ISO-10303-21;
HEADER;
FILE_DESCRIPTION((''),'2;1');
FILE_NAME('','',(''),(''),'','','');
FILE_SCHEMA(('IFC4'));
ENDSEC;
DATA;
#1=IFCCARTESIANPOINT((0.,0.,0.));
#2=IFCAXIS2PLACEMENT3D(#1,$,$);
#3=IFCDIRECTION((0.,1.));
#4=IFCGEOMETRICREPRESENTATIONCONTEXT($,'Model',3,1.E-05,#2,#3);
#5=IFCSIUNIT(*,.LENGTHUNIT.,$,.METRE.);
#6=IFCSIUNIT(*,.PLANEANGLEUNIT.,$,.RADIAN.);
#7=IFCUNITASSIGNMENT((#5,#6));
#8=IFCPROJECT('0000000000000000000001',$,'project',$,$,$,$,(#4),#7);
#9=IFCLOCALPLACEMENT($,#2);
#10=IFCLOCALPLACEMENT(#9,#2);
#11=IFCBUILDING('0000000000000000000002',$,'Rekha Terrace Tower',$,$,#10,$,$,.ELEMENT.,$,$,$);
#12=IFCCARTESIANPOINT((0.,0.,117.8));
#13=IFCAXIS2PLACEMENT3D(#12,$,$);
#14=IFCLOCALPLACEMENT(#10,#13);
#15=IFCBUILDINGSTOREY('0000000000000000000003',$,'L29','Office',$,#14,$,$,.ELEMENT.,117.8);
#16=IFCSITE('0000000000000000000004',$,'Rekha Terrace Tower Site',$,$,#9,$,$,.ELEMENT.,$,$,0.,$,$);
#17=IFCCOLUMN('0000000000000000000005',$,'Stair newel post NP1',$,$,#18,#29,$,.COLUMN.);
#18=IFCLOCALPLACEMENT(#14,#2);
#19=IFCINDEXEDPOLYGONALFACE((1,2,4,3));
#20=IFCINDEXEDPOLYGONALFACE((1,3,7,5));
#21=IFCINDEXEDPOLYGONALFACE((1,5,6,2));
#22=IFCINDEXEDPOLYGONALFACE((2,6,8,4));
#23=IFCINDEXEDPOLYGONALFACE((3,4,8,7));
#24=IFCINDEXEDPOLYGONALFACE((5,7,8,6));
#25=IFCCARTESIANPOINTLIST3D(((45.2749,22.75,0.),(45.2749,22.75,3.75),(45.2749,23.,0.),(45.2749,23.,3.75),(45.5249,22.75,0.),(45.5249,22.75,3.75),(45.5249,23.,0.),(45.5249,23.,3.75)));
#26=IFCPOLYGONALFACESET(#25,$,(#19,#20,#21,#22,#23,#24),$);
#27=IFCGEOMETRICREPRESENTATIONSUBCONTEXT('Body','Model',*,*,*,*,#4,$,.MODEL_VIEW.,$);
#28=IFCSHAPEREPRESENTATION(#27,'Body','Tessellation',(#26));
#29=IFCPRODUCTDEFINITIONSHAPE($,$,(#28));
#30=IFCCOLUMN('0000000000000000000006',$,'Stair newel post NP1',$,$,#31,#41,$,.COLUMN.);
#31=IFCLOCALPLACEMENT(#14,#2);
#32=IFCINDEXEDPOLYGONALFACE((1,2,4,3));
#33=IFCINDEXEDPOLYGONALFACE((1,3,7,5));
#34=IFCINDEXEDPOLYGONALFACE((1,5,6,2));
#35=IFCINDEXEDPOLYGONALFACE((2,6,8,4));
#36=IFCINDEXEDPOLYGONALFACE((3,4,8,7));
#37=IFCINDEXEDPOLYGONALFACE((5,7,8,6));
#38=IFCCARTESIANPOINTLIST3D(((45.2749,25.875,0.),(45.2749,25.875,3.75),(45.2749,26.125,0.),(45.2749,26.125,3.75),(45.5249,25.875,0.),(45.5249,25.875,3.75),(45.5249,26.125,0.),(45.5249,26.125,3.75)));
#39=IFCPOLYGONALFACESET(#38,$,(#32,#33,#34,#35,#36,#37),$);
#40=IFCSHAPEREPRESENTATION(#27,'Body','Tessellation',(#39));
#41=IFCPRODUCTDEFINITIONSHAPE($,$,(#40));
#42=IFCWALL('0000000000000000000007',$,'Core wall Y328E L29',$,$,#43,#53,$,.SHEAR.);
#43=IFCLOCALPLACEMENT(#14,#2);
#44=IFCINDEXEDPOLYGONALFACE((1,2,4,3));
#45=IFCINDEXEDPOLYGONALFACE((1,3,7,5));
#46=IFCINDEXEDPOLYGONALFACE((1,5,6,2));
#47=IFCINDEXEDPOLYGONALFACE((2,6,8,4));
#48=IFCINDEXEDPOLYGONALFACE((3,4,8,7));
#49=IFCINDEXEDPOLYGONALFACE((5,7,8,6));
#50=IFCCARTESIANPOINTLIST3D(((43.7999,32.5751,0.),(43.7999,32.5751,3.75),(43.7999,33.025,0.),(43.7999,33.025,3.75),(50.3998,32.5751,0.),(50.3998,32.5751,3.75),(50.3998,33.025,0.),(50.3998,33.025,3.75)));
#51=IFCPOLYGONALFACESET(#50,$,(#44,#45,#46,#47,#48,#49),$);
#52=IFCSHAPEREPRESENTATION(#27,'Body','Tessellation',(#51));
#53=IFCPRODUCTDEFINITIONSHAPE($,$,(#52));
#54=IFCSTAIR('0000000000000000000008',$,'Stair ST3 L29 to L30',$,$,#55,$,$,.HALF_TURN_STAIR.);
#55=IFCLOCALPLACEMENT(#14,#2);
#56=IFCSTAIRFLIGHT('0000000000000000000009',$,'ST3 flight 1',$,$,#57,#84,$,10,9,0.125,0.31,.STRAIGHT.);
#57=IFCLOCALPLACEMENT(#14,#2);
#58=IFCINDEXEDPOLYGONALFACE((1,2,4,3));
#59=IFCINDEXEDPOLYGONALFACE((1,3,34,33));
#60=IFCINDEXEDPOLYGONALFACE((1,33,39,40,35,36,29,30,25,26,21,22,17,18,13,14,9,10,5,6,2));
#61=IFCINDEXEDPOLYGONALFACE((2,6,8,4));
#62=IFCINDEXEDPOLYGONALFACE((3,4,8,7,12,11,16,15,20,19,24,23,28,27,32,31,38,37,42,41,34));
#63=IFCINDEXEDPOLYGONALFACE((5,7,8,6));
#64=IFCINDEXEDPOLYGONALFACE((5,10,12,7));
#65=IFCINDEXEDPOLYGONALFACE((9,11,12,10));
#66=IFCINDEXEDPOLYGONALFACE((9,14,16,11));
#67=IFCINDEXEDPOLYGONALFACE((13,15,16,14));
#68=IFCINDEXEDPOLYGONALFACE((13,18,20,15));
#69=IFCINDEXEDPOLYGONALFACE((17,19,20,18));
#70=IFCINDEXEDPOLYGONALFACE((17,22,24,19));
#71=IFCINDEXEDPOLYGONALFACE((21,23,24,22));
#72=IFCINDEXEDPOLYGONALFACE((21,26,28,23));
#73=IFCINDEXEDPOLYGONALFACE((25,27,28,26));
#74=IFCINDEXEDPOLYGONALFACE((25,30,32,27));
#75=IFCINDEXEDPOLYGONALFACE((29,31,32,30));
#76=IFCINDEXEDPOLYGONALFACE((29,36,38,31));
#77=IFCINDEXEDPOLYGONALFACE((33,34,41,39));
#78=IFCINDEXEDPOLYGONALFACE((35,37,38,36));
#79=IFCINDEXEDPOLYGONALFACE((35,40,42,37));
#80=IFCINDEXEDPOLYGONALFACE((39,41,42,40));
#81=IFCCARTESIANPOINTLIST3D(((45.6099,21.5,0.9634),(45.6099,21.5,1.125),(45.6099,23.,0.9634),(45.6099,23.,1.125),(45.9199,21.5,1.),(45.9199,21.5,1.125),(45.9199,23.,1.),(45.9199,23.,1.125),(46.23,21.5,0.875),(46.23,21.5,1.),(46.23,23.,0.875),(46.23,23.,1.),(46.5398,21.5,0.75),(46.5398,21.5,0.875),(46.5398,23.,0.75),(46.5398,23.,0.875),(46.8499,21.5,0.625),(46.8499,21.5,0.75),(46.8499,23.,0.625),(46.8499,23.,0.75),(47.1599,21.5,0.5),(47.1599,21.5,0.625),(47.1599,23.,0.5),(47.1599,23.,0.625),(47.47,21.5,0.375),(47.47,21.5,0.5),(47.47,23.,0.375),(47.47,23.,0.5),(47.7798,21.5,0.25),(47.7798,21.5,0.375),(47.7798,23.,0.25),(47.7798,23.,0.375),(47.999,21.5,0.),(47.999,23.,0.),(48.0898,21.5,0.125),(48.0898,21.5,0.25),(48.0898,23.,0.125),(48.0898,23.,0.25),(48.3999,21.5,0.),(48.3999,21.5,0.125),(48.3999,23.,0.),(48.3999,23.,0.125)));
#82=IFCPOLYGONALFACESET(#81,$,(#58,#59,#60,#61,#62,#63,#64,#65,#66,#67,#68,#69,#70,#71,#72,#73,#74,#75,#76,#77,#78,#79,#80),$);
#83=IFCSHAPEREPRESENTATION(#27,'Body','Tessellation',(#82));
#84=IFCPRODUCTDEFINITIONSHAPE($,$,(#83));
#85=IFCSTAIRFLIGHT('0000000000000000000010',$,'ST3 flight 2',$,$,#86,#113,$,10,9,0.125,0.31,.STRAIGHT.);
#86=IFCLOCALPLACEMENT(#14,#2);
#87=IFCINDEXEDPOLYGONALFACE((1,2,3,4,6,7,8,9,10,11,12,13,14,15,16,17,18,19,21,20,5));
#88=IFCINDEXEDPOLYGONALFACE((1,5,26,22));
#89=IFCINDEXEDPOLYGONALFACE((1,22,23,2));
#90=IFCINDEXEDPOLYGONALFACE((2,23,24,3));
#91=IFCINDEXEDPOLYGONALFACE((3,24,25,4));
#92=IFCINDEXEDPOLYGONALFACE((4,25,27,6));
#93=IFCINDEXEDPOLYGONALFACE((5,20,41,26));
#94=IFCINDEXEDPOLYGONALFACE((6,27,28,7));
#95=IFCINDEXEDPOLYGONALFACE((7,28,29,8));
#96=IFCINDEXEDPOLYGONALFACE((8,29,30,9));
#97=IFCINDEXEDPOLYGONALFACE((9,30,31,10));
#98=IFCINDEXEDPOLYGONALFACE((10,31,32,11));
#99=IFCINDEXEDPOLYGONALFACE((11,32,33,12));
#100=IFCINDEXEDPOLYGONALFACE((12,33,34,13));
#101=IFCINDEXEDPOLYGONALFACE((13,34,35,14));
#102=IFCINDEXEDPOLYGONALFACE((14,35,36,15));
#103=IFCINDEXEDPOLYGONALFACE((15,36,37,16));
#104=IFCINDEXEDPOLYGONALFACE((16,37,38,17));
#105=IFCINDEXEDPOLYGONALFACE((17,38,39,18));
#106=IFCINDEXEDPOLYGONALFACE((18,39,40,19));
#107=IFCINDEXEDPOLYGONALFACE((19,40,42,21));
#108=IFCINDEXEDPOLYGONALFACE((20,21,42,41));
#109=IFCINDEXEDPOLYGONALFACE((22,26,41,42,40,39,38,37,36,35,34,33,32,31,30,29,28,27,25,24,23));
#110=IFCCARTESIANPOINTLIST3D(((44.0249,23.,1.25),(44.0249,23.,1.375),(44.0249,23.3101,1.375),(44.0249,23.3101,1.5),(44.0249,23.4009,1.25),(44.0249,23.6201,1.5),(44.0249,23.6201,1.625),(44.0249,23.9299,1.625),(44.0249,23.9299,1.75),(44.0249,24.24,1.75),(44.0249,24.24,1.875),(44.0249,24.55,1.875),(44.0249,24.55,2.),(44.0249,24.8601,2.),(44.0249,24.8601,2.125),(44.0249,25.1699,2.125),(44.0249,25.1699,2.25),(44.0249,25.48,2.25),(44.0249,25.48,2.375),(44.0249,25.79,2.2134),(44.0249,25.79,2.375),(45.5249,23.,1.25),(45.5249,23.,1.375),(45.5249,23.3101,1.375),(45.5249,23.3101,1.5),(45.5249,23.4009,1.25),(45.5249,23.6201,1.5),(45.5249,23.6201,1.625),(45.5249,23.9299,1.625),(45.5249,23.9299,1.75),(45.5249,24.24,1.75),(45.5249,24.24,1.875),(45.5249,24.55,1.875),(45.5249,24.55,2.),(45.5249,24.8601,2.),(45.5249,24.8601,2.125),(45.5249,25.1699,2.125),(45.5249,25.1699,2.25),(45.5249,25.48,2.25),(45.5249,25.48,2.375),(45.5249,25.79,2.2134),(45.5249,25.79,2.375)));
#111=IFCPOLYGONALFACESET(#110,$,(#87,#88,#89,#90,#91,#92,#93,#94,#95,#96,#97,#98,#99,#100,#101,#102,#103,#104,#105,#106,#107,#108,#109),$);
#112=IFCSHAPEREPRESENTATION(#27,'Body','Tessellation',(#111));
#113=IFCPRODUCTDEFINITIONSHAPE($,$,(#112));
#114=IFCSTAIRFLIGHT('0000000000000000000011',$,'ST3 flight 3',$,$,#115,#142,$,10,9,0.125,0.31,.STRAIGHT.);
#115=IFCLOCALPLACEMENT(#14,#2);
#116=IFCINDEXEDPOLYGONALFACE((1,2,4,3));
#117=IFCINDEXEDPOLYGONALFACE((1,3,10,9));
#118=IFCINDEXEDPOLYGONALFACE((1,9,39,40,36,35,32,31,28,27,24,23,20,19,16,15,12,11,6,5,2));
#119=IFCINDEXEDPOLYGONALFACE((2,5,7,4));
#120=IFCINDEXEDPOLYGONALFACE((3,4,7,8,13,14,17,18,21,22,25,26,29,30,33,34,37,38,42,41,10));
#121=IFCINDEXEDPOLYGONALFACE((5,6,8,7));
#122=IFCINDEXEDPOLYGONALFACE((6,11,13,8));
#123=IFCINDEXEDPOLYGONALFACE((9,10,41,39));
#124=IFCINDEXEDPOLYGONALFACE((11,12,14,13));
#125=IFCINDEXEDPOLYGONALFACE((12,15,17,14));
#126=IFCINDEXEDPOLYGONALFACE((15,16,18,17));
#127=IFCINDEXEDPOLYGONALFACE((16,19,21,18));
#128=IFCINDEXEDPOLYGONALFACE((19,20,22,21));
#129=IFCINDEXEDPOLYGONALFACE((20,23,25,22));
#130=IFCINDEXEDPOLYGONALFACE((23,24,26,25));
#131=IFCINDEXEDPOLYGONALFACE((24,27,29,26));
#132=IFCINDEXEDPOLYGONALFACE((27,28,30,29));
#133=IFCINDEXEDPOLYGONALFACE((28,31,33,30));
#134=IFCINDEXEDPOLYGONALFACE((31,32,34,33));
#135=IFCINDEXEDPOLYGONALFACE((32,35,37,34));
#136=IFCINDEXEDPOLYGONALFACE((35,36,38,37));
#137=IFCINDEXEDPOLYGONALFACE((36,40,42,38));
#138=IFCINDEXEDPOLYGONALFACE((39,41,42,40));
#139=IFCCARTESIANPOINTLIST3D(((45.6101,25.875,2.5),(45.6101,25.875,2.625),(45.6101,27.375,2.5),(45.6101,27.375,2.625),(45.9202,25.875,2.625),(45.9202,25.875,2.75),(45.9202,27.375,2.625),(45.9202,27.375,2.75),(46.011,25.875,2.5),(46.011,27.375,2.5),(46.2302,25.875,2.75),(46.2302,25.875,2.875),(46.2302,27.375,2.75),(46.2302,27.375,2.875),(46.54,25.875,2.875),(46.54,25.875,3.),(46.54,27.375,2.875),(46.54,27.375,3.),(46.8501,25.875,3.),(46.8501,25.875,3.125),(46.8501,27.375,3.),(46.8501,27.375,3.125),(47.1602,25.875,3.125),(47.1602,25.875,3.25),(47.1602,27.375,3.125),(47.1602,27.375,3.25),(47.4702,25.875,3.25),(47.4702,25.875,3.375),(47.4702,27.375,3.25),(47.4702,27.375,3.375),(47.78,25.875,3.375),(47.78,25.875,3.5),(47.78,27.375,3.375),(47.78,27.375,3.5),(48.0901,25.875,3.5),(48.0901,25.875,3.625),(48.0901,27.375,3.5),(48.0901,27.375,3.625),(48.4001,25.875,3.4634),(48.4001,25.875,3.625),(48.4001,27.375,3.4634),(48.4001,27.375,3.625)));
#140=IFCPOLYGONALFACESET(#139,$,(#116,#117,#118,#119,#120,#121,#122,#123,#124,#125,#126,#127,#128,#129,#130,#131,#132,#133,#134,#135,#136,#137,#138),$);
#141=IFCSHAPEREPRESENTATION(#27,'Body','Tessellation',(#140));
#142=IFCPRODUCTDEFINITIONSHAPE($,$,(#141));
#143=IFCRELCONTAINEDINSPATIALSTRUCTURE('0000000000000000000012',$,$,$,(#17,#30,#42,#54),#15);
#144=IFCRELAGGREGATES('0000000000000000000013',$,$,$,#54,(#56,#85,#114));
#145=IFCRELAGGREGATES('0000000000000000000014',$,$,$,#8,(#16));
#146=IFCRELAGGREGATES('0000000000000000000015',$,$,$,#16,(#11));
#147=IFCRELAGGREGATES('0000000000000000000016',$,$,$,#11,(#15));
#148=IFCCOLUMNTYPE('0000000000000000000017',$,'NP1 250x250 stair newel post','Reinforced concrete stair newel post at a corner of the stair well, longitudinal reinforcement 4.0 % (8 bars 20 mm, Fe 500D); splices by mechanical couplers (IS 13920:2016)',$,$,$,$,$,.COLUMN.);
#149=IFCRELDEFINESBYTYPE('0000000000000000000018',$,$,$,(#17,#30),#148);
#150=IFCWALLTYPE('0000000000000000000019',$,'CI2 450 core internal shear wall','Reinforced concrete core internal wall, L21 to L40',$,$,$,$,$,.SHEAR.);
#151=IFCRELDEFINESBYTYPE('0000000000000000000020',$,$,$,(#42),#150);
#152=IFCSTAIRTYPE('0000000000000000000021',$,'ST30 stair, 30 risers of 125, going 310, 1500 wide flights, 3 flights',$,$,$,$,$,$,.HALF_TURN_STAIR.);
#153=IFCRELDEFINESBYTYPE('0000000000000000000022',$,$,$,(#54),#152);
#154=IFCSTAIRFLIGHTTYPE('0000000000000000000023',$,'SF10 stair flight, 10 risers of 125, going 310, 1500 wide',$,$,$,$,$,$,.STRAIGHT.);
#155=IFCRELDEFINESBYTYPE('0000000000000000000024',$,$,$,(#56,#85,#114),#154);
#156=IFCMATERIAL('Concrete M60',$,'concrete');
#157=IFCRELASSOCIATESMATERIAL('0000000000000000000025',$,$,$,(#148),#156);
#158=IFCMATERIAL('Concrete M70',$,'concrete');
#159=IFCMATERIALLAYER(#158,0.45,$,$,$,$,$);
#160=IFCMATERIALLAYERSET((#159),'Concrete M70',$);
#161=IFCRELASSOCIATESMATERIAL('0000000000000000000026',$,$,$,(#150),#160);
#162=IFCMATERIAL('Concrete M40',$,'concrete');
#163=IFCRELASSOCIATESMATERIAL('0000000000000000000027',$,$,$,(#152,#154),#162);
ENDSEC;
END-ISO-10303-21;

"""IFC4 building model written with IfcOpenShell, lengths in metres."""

from ifc_helpers import new_model, si_unit, direction, frame, frame_2d, origin, origin_2d, place, context, subcontext, project, spatial, polyline, rectangle, outline, extrude, material, layer, layer_set, material_profile, profile_set, type_object, element, aggregate, save


model = new_model("IFC4")

# Units and contexts
model_context = context("Model", 3, precision=1e-05, world=origin(), true_north=direction((0.0, 1.0)))
body_context = subcontext(model_context, "Body", "Model", "MODEL_VIEW")
ifc_project = project(units=[si_unit("LENGTHUNIT", "METRE"), si_unit("PLANEANGLEUNIT", "RADIAN")], contexts=[model_context])

# Site, building, storey
site_placement = place(None, origin())
site = spatial("IfcSite", under=ifc_project, at=site_placement, Name="Rekha Terrace Tower Site", CompositionType="ELEMENT", RefElevation=0.0)
building_placement = place(site_placement, origin())
building = spatial("IfcBuilding", under=site, at=building_placement, Name="Rekha Terrace Tower", CompositionType="ELEMENT")
storey_placement = place(building_placement, frame((0.0, 0.0, 117.8)))
storey = spatial("IfcBuildingStorey", under=building, at=storey_placement, Name="L29", Description="Office", CompositionType="ELEMENT", Elevation=117.8)

# Columns
ifc_material_1 = material(Name="Concrete M60", Category="concrete")
ifc_material_profile = material_profile(ifc_material_1, rectangle(XDim=0.25, YDim=0.25, at=origin_2d()), Name="RC 250x250")
ifc_profile_set = profile_set([ifc_material_profile], Name="Concrete M60")
column_type = type_object("IfcColumnType", Name="NP1 250x250 stair newel post", Description="Reinforced concrete stair newel post at a corner of the stair well, longitudinal reinforcement 4.0 % (8 bars 20 mm, Fe 500D); splices by mechanical couplers (IS 13920:2016)", PredefinedType="COLUMN", material=ifc_profile_set)
for number, where, z_axis, x_axis, name in (
    (1, (45.3999, 22.875, 0.0), (0.0, 0.0, 1.0), (1.0, 0.0, 0.0), "Stair newel post NP1"),
    (2, (45.3999, 26.0, 0.0), (0.0, 0.0, 1.0), (1.0, 0.0, 0.0), "Stair newel post NP1"),
):
    element("IfcColumn", number, at=place(storey_placement, frame(where, z_axis=z_axis, x_axis=x_axis)), inside=storey, type_object=column_type, Name=name, PredefinedType="COLUMN", context=body_context, shape_type="SweptSolid", body=[
        extrude(rectangle(XDim=0.25, YDim=0.25, at=origin_2d()), origin(), (0.0, 0.0, 1.0), 3.75),
    ])

# Wall
ifc_material_2 = material(Name="Concrete M70", Category="concrete")
ifc_layer = layer(ifc_material_2, 0.45)
ifc_layer_set = layer_set([ifc_layer], Name="Concrete M70")
wall_type = type_object("IfcWallType", Name="CI2 450 core internal shear wall", Description="Reinforced concrete core internal wall, L21 to L40", PredefinedType="SHEAR", material=ifc_layer_set)
wall_placement = place(storey_placement, frame((43.8, 32.8, 0.0), z_axis=(0.0, 0.0, 1.0), x_axis=(1.0, 0.0, 0.0)))
element("IfcWall", 3, at=wall_placement, inside=storey, type_object=wall_type, Name="Core wall Y328E L29", PredefinedType="SHEAR", context=body_context, shape_type="SweptSolid", body=[
    extrude(rectangle(XDim=6.5999, YDim=0.45, at=frame_2d((3.2998, 0.0))), origin(), (0.0, 0.0, 1.0), 3.75),
])

# Stair, stair flights
ifc_material_3 = material(Name="Concrete M40", Category="concrete")
stair_type = type_object("IfcStairType", Name="ST30 stair, 30 risers of 125, going 310, 1500 wide flights, 3 flights", PredefinedType="HALF_TURN_STAIR", material=ifc_material_3)
stair_placement = place(storey_placement, origin())
stair = element("IfcStair", 4, at=stair_placement, inside=storey, type_object=stair_type, Name="Stair ST3 L29 to L30", PredefinedType="HALF_TURN_STAIR")
stair_flight_type = type_object("IfcStairFlightType", Name="SF10 stair flight, 10 risers of 125, going 310, 1500 wide", PredefinedType="STRAIGHT", material=ifc_material_3)
stair_flight_1_placement = place(storey_placement, frame((48.3999, 22.25, 0.0), z_axis=(0.0, 0.0, 1.0), x_axis=(-1.0, 0.0, 0.0)))
stair_flight_1 = element("IfcStairFlight", 5, at=stair_flight_1_placement, type_object=stair_flight_type, Name="ST3 flight 1", NumberOfRisers=10, NumberOfTreads=9, PredefinedType="STRAIGHT", RiserHeight=0.125, TreadLength=0.31, context=body_context, shape_type="SweptSolid", body=[
    extrude(outline(polyline([(0.0, 0.0), (0.0, 0.125), (0.3101, 0.125), (0.3101, 0.25), (0.6201, 0.25), (0.6201, 0.375), (0.9299, 0.375), (0.9299, 0.5), (1.24, 0.5), (1.24, 0.625), (1.55, 0.625), (1.55, 0.75), (1.8601, 0.75), (1.8601, 0.875), (2.1699, 0.875), (2.1699, 1.0), (2.48, 1.0), (2.48, 1.125), (2.79, 1.125), (2.79, 1.25), (2.79, 0.9634), (0.4009, 0.0), (0.0, 0.0)])), frame((0.0, 0.75, 0.0), z_axis=(0.0, -1.0, 0.0), x_axis=(1.0, 0.0, 0.0)), (0.0, 0.0, 1.0), 1.5),
])
stair_flight_2_placement = place(storey_placement, frame((44.7749, 23.0, 1.25), z_axis=(0.0, 0.0, 1.0), x_axis=(0.0, 1.0, 0.0)))
stair_flight_2 = element("IfcStairFlight", 6, at=stair_flight_2_placement, type_object=stair_flight_type, Name="ST3 flight 2", NumberOfRisers=10, NumberOfTreads=9, PredefinedType="STRAIGHT", RiserHeight=0.125, TreadLength=0.31, context=body_context, shape_type="SweptSolid", body=[
    extrude(outline(polyline([(0.0, 0.0), (0.0, 0.125), (0.3101, 0.125), (0.3101, 0.25), (0.6201, 0.25), (0.6201, 0.375), (0.9299, 0.375), (0.9299, 0.5), (1.24, 0.5), (1.24, 0.625), (1.55, 0.625), (1.55, 0.75), (1.8601, 0.75), (1.8601, 0.875), (2.1699, 0.875), (2.1699, 1.0), (2.48, 1.0), (2.48, 1.125), (2.79, 1.125), (2.79, 1.25), (2.79, 0.9634), (0.4009, 0.0), (0.0, 0.0)])), frame((0.0, 0.75, 0.0), z_axis=(0.0, -1.0, 0.0), x_axis=(1.0, 0.0, 0.0)), (0.0, 0.0, 1.0), 1.5),
])
stair_flight_3_placement = place(storey_placement, frame((45.6101, 26.625, 2.5), z_axis=(0.0, 0.0, 1.0), x_axis=(1.0, 0.0, 0.0)))
stair_flight_3 = element("IfcStairFlight", 7, at=stair_flight_3_placement, type_object=stair_flight_type, Name="ST3 flight 3", NumberOfRisers=10, NumberOfTreads=9, PredefinedType="STRAIGHT", RiserHeight=0.125, TreadLength=0.31, context=body_context, shape_type="SweptSolid", body=[
    extrude(outline(polyline([(0.0, 0.0), (0.0, 0.125), (0.3101, 0.125), (0.3101, 0.25), (0.6201, 0.25), (0.6201, 0.375), (0.9299, 0.375), (0.9299, 0.5), (1.24, 0.5), (1.24, 0.625), (1.55, 0.625), (1.55, 0.75), (1.8601, 0.75), (1.8601, 0.875), (2.1699, 0.875), (2.1699, 1.0), (2.48, 1.0), (2.48, 1.125), (2.79, 1.125), (2.79, 1.25), (2.79, 0.9634), (0.4009, 0.0), (0.0, 0.0)])), frame((0.0, 0.75, 0.0), z_axis=(0.0, -1.0, 0.0), x_axis=(1.0, 0.0, 0.0)), (0.0, 0.0, 1.0), 1.5),
])
aggregate(stair, [stair_flight_1, stair_flight_2, stair_flight_3])

save(model, "model.ifc")
